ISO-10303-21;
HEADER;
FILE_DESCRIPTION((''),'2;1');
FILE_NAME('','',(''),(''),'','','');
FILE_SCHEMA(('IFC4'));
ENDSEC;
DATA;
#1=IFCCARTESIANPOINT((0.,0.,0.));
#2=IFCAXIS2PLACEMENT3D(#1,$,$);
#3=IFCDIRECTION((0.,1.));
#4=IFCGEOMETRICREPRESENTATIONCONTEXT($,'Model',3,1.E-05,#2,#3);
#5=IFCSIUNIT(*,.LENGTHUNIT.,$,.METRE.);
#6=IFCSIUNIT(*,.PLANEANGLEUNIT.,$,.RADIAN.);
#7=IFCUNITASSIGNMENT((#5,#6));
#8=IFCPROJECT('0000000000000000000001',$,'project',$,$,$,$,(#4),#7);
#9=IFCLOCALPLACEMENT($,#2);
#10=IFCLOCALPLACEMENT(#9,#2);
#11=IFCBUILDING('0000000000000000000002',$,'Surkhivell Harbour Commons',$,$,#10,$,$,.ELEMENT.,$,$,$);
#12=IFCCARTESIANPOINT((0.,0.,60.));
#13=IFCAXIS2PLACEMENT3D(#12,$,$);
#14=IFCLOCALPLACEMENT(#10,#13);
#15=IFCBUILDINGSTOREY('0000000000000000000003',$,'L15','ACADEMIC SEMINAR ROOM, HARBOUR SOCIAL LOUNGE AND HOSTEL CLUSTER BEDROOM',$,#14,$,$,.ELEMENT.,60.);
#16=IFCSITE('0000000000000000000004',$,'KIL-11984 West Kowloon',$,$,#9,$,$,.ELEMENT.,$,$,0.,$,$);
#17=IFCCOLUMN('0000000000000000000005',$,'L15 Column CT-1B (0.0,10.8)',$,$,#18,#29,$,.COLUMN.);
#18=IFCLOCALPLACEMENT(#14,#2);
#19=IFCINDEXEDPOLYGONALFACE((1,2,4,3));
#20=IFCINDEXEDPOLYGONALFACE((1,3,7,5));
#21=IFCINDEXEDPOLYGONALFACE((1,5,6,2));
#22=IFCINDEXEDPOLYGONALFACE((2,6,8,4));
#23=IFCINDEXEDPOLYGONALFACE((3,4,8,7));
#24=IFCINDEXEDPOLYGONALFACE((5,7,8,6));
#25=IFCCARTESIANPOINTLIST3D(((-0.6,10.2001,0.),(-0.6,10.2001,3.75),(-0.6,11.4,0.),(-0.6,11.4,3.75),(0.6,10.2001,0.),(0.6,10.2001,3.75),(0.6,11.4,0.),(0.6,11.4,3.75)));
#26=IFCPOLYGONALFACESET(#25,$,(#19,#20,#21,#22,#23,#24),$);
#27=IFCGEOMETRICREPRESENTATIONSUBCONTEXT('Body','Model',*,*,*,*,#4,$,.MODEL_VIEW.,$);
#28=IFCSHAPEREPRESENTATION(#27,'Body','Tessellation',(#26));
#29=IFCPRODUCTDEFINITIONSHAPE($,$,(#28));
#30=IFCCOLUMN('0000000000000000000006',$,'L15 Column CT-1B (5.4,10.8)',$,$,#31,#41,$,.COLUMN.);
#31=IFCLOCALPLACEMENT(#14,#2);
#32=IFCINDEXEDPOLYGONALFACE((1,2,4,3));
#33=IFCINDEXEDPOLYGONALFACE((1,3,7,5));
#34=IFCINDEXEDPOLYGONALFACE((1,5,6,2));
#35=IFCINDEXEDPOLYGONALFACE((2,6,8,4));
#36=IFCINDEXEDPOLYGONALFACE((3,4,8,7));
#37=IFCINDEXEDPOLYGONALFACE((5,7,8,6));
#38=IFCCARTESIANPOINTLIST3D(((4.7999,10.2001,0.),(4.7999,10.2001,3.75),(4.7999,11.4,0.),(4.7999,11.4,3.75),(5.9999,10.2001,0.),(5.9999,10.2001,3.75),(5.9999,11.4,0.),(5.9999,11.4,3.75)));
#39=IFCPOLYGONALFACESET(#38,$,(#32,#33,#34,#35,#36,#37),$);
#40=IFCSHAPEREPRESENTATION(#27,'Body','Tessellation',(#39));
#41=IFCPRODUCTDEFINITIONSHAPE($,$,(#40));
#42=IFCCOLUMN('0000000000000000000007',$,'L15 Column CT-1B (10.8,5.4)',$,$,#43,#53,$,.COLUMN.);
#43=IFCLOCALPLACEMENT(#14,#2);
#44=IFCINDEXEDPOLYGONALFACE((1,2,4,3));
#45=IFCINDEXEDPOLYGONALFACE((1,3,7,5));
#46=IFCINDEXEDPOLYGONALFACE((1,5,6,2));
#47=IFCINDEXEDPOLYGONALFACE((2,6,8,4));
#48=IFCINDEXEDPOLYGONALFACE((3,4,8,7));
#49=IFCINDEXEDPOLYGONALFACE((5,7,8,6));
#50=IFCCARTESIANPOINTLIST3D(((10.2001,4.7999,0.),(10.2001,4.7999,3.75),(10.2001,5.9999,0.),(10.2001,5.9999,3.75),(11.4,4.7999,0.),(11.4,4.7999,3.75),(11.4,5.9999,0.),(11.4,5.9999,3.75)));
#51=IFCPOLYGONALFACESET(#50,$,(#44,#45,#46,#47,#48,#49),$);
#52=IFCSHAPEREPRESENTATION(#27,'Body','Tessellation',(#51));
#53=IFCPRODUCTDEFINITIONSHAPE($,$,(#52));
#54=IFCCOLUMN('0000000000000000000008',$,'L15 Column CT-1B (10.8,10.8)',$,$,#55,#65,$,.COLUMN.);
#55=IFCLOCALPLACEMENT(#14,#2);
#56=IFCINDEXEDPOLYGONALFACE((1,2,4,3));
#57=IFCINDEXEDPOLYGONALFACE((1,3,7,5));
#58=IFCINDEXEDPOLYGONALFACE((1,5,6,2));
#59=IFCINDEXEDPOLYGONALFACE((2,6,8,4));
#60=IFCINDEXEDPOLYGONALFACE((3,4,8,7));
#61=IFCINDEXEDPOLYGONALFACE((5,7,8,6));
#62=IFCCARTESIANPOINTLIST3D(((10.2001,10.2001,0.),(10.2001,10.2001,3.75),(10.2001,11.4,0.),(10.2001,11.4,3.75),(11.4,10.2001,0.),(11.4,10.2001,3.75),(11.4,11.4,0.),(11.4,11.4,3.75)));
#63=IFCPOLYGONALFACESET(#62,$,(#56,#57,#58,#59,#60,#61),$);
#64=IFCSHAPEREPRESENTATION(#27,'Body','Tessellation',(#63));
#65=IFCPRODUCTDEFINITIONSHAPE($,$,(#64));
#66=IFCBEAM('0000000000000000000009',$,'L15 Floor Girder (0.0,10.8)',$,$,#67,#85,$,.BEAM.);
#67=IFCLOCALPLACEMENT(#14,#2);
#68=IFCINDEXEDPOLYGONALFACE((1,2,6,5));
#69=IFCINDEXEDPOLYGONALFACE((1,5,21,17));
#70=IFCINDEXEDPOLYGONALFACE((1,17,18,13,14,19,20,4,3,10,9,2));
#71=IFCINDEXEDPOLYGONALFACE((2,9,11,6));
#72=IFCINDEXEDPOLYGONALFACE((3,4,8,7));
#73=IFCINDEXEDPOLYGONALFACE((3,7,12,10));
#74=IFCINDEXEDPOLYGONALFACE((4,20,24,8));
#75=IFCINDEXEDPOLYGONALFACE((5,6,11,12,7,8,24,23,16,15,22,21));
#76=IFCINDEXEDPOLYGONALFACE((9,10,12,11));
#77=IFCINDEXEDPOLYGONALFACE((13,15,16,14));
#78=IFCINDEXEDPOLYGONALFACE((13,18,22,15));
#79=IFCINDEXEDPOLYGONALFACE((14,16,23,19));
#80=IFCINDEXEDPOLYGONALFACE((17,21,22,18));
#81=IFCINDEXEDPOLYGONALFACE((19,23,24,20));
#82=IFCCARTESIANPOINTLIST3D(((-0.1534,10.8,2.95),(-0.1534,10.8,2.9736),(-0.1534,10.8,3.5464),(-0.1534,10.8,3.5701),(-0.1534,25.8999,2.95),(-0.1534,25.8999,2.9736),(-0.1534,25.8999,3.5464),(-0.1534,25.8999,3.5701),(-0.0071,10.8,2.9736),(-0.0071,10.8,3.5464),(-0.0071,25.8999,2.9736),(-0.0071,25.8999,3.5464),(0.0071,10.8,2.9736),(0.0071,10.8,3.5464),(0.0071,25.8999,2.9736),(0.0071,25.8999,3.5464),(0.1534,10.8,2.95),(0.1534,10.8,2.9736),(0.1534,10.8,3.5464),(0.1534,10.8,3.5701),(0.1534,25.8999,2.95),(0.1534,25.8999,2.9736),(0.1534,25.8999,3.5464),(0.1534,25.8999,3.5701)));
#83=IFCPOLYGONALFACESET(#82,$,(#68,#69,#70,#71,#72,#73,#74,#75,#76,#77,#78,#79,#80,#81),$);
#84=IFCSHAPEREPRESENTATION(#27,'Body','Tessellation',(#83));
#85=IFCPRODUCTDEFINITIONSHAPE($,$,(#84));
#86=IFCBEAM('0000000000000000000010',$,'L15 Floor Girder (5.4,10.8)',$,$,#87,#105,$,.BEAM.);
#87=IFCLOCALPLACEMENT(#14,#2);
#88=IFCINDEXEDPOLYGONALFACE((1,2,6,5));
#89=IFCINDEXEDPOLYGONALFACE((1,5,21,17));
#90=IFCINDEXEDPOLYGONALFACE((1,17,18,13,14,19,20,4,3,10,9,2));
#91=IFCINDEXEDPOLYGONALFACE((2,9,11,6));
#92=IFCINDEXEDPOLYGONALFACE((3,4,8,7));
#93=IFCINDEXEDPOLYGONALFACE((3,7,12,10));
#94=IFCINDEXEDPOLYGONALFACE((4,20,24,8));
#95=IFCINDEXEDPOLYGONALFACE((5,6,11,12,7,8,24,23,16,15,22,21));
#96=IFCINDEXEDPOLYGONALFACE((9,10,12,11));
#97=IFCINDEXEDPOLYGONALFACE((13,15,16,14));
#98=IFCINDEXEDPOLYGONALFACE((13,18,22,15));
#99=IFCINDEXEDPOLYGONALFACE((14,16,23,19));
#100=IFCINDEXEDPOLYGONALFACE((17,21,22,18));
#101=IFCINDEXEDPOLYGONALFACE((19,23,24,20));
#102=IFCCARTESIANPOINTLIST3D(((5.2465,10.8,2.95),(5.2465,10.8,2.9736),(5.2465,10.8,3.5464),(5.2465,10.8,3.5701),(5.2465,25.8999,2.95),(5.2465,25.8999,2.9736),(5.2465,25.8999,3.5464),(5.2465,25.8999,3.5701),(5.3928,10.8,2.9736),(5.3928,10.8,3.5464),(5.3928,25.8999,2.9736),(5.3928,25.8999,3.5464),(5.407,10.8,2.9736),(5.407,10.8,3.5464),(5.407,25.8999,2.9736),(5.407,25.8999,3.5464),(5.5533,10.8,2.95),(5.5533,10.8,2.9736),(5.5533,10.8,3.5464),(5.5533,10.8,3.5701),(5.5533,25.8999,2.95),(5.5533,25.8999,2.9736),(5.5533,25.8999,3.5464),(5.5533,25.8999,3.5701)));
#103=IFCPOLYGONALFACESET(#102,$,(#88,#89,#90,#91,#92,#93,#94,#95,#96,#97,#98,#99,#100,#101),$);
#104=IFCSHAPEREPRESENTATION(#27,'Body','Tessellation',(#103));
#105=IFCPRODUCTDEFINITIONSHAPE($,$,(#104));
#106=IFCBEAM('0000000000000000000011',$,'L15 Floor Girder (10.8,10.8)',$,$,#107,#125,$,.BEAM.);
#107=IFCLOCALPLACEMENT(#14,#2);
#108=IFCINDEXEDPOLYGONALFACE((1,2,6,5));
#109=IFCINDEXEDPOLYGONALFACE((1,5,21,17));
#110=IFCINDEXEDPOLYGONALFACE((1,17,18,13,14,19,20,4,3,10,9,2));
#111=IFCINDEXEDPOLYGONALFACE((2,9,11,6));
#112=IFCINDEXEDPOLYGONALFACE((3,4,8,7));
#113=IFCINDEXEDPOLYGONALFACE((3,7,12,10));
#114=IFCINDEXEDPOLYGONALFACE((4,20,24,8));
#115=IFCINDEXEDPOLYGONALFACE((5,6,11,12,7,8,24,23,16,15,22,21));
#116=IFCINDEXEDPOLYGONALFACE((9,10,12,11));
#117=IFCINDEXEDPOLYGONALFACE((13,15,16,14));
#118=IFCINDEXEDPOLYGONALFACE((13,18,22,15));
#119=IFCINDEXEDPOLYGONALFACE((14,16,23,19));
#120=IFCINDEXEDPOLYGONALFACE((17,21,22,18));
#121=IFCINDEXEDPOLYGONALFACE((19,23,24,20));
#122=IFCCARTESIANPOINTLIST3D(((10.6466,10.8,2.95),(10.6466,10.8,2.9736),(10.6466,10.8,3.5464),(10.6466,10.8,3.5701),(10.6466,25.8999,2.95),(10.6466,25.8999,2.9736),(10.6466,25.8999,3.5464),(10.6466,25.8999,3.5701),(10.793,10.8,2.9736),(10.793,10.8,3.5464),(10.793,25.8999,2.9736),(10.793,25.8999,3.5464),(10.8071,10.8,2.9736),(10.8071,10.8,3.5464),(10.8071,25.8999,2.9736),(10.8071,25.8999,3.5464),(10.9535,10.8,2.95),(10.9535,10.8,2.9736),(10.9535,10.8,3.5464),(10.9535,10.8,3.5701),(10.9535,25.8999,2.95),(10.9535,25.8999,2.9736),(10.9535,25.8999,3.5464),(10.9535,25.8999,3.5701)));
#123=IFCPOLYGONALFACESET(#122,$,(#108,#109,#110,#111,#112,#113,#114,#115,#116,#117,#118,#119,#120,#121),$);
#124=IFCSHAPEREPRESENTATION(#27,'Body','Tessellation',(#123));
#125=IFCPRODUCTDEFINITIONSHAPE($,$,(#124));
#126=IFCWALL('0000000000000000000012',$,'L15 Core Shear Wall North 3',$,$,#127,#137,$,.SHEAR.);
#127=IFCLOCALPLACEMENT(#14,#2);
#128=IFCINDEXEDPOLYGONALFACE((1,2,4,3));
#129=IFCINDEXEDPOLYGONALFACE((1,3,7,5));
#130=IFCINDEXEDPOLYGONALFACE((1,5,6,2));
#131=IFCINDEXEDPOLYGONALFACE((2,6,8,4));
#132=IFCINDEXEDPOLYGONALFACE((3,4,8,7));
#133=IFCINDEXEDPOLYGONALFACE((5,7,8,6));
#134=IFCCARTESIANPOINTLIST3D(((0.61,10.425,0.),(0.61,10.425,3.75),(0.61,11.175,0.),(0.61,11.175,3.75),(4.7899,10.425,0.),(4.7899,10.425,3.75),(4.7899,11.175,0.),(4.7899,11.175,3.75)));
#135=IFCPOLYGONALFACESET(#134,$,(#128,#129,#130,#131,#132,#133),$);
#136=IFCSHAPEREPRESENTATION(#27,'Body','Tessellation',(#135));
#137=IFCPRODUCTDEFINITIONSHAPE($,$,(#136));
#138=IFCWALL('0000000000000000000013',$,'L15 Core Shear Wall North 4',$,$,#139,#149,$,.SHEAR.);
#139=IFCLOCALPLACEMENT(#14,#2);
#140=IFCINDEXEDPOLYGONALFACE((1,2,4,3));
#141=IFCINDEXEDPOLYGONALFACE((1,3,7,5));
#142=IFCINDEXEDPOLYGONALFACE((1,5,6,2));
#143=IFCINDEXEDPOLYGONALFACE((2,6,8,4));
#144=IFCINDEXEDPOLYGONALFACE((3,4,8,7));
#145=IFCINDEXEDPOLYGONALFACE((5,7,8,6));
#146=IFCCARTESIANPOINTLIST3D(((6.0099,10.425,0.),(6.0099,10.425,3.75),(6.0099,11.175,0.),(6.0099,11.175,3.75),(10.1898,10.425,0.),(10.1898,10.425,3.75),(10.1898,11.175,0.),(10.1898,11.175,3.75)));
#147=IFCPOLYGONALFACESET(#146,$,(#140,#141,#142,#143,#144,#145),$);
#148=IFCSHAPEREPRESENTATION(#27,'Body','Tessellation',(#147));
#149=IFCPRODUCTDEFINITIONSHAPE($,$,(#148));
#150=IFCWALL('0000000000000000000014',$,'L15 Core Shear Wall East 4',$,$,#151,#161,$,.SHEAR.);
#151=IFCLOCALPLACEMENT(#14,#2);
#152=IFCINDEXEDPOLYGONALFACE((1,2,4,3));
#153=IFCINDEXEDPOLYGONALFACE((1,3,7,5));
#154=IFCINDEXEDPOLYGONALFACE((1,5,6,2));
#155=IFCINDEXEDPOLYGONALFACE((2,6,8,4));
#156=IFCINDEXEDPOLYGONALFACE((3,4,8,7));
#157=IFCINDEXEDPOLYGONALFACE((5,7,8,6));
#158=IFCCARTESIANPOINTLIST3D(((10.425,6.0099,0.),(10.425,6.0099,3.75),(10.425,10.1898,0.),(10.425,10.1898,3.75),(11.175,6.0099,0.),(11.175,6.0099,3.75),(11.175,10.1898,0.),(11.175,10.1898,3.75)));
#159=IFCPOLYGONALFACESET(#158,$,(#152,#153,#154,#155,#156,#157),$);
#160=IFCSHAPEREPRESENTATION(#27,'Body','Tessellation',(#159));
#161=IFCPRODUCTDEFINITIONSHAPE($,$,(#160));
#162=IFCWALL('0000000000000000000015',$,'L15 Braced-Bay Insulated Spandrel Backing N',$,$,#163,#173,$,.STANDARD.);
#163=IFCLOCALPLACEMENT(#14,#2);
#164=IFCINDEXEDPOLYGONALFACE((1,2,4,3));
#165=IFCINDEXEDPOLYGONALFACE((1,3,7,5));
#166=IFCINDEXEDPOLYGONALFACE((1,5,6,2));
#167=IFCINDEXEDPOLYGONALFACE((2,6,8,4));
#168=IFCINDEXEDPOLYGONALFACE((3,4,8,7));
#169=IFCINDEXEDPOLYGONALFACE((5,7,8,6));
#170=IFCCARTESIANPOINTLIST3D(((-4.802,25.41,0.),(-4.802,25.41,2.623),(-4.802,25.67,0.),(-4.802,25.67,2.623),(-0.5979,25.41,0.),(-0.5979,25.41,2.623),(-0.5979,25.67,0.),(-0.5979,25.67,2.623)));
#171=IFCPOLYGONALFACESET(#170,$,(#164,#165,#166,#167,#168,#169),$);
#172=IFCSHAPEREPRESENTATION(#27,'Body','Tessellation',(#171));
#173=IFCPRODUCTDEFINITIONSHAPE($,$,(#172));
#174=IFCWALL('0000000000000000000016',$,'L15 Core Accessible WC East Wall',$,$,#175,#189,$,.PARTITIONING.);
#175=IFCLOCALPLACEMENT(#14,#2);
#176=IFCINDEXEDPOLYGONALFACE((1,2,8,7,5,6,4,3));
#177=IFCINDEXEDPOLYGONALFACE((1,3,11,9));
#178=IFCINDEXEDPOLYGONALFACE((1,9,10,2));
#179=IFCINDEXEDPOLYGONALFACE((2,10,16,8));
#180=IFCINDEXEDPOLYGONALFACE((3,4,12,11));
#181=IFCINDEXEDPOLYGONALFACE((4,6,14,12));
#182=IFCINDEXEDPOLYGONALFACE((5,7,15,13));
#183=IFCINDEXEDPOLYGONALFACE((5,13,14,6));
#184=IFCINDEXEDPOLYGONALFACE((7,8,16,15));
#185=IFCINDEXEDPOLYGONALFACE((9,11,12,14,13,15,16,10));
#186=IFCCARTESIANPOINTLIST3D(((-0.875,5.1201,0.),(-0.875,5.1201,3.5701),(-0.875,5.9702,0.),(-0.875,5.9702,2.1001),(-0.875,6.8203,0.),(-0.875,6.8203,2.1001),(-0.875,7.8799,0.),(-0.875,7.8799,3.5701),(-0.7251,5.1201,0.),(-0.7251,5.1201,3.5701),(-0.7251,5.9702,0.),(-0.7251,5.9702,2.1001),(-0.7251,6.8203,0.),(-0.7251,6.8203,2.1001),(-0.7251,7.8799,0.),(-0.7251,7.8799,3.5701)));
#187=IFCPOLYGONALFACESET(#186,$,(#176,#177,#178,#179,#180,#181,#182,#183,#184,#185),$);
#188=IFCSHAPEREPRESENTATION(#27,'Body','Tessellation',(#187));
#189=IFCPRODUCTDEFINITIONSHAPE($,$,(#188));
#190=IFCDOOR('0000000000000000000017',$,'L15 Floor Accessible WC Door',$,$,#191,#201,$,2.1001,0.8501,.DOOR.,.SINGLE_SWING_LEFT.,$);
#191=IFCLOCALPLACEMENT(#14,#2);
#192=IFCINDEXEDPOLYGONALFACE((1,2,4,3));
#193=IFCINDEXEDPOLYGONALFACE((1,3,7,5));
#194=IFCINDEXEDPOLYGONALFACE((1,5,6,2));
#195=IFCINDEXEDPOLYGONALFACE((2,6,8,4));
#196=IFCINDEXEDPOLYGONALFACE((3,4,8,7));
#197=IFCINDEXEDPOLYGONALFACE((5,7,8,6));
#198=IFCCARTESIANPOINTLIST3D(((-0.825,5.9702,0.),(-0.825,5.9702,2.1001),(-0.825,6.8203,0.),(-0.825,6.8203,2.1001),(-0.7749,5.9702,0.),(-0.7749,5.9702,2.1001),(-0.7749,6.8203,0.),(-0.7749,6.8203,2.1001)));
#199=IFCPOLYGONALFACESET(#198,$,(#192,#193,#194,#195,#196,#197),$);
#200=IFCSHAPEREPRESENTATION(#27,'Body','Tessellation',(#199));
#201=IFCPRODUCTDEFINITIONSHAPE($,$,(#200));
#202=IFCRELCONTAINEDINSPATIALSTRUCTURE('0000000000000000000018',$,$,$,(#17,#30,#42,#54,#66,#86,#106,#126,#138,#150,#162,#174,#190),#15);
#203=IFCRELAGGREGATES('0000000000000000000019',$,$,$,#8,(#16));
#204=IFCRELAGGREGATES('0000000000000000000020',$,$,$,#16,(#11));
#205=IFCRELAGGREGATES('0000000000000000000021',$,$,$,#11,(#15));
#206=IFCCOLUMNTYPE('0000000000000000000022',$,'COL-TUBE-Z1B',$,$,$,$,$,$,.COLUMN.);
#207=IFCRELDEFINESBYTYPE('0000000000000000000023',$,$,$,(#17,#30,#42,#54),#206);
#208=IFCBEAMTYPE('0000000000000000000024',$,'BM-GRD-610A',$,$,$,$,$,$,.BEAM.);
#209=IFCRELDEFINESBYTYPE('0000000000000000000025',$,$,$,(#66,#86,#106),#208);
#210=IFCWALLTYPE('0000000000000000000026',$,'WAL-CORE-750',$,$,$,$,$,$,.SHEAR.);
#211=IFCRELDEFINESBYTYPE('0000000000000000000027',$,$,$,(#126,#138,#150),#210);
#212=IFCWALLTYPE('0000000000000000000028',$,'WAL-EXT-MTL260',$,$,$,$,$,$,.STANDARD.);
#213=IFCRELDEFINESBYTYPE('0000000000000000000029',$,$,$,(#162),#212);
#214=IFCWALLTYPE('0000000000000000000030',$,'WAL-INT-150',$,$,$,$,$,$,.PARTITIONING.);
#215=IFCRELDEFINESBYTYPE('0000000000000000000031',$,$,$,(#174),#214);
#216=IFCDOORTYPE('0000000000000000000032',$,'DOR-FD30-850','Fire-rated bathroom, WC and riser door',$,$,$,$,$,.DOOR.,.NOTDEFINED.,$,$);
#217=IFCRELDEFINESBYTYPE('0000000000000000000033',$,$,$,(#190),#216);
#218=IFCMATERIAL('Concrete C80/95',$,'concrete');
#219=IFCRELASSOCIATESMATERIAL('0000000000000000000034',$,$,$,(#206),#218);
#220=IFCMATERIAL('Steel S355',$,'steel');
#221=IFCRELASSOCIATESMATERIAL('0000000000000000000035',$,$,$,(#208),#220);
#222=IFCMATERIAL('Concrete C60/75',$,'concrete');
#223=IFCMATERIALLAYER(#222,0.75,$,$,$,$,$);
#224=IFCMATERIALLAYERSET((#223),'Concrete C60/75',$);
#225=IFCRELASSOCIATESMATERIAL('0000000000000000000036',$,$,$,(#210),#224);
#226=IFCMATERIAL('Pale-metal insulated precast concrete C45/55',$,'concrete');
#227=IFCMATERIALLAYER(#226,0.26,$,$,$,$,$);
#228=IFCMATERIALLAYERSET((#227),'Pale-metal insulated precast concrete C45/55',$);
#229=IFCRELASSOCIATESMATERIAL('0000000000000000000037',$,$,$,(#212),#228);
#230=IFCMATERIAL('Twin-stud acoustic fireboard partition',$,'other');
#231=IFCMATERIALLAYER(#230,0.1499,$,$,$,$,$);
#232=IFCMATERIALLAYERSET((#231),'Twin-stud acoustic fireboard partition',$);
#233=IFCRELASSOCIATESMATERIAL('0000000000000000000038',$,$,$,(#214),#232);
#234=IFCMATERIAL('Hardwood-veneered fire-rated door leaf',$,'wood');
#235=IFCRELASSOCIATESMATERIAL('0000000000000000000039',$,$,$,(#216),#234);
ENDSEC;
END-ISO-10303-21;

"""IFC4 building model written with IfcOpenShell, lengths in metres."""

from ifc_helpers import new_model, si_unit, direction, frame, frame_2d, origin, origin_2d, place, context, subcontext, project, spatial, rectangle, i_section, extrude, material, layer, layer_set, material_profile, profile_set, type_object, element, fill, save


model = new_model("IFC4")

# Units and contexts
model_context = context("Model", 3, precision=1e-05, world=origin(), true_north=direction((0.0, 1.0)))
body_context = subcontext(model_context, "Body", "Model", "MODEL_VIEW")
ifc_project = project(units=[si_unit("LENGTHUNIT", "METRE"), si_unit("PLANEANGLEUNIT", "RADIAN")], contexts=[model_context])

# Site, building, storey
site_placement = place(None, origin())
site = spatial("IfcSite", under=ifc_project, at=site_placement, Name="KIL-11984 West Kowloon", CompositionType="ELEMENT", RefElevation=0.0)
building_placement = place(site_placement, origin())
building = spatial("IfcBuilding", under=site, at=building_placement, Name="Surkhivell Harbour Commons", CompositionType="ELEMENT")
storey_placement = place(building_placement, frame((0.0, 0.0, 60.0)))
storey = spatial("IfcBuildingStorey", under=building, at=storey_placement, Name="L15", Description="ACADEMIC SEMINAR ROOM, HARBOUR SOCIAL LOUNGE AND HOSTEL CLUSTER BEDROOM", CompositionType="ELEMENT", Elevation=60.0)

# Columns
ifc_material_1 = material(Name="Concrete C80/95", Category="concrete")
ifc_material_profile_1 = material_profile(ifc_material_1, rectangle(XDim=1.2, YDim=1.2, at=origin_2d()), Name="RC-COL-1200x1200")
ifc_profile_set_1 = profile_set([ifc_material_profile_1], Name="Concrete C80/95")
column_type = type_object("IfcColumnType", Name="COL-TUBE-Z1B", PredefinedType="COLUMN", material=ifc_profile_set_1)
for number, where, z_axis, x_axis, name in (
    (1, (0.0, 10.8, 0.0), (0.0, 0.0, 1.0), (1.0, 0.0, 0.0), "L15 Column CT-1B (0.0,10.8)"),
    (2, (5.3999, 10.8, 0.0), (0.0, 0.0, 1.0), (1.0, 0.0, 0.0), "L15 Column CT-1B (5.4,10.8)"),
    (3, (10.8, 5.3999, 0.0), (0.0, 0.0, 1.0), (1.0, 0.0, 0.0), "L15 Column CT-1B (10.8,5.4)"),
    (4, (10.8, 10.8, 0.0), (0.0, 0.0, 1.0), (1.0, 0.0, 0.0), "L15 Column CT-1B (10.8,10.8)"),
):
    element("IfcColumn", number, at=place(storey_placement, frame(where, z_axis=z_axis, x_axis=x_axis)), inside=storey, type_object=column_type, Name=name, PredefinedType="COLUMN", context=body_context, shape_type="SweptSolid", body=[
        extrude(rectangle(XDim=1.2, YDim=1.2, at=origin_2d()), origin(), (0.0, 0.0, 1.0), 3.75),
    ])

# Beams
ifc_material_2 = material(Name="Steel S355", Category="steel")
ifc_material_profile_2 = material_profile(ifc_material_2, i_section(OverallWidth=0.3069, OverallDepth=0.6201, WebThickness=0.0142, FlangeThickness=0.0237, at=origin_2d()), Name="UB610x305x179")
ifc_profile_set_2 = profile_set([ifc_material_profile_2], Name="Steel S355")
beam_type = type_object("IfcBeamType", Name="BM-GRD-610A", PredefinedType="BEAM", material=ifc_profile_set_2)
for number, where, z_axis, x_axis, name in (
    (5, (0.0, 10.8, 3.26), (0.0, 1.0, 0.0), (-1.0, 0.0, 0.0), "L15 Floor Girder (0.0,10.8)"),
    (6, (5.3999, 10.8, 3.26), (0.0, 1.0, 0.0), (-1.0, 0.0, 0.0), "L15 Floor Girder (5.4,10.8)"),
    (7, (10.8, 10.8, 3.26), (0.0, 1.0, 0.0), (-1.0, 0.0, 0.0), "L15 Floor Girder (10.8,10.8)"),
):
    element("IfcBeam", number, at=place(storey_placement, frame(where, z_axis=z_axis, x_axis=x_axis)), inside=storey, type_object=beam_type, Name=name, PredefinedType="BEAM", context=body_context, shape_type="SweptSolid", body=[
        extrude(i_section(OverallWidth=0.3069, OverallDepth=0.6201, WebThickness=0.0142, FlangeThickness=0.0237, at=origin_2d()), origin(), (0.0, 0.0, 1.0), 15.0999),
    ])

# Walls
ifc_material_3 = material(Name="Concrete C60/75", Category="concrete")
ifc_layer_1 = layer(ifc_material_3, 0.75)
ifc_layer_set_1 = layer_set([ifc_layer_1], Name="Concrete C60/75")
wall_type_1 = type_object("IfcWallType", Name="WAL-CORE-750", PredefinedType="SHEAR", material=ifc_layer_set_1)
for number, where, z_axis, x_axis, name in (
    (8, (0.6101, 10.8, 0.0), (0.0, 0.0, 1.0), (1.0, 0.0, 0.0), "L15 Core Shear Wall North 3"),
    (9, (6.01, 10.8, 0.0), (0.0, 0.0, 1.0), (1.0, 0.0, 0.0), "L15 Core Shear Wall North 4"),
    (10, (10.8, 6.01, 0.0), (0.0, 0.0, 1.0), (0.0, 1.0, 0.0), "L15 Core Shear Wall East 4"),
):
    element("IfcWall", number, at=place(storey_placement, frame(where, z_axis=z_axis, x_axis=x_axis)), inside=storey, type_object=wall_type_1, Name=name, PredefinedType="SHEAR", context=body_context, shape_type="SweptSolid", body=[
        extrude(rectangle(XDim=4.1799, YDim=0.75, at=frame_2d((2.0898, 0.0))), origin(), (0.0, 0.0, 1.0), 3.75),
    ])
ifc_material_4 = material(Name="Pale-metal insulated precast concrete C45/55", Category="concrete")
ifc_layer_2 = layer(ifc_material_4, 0.26)
ifc_layer_set_2 = layer_set([ifc_layer_2], Name="Pale-metal insulated precast concrete C45/55")
wall_type_2 = type_object("IfcWallType", Name="WAL-EXT-MTL260", PredefinedType="STANDARD", material=ifc_layer_set_2)
wall_1_placement = place(storey_placement, frame((-0.5979, 25.54, 0.0), z_axis=(0.0, 0.0, 1.0), x_axis=(-1.0, 0.0, 0.0)))
element("IfcWall", 11, at=wall_1_placement, inside=storey, type_object=wall_type_2, Name="L15 Braced-Bay Insulated Spandrel Backing N", PredefinedType="STANDARD", context=body_context, shape_type="SweptSolid", body=[
    extrude(rectangle(XDim=4.2041, YDim=0.26, at=frame_2d((2.1021, 0.0))), origin(), (0.0, 0.0, 1.0), 2.623),
])

# Wall, opening, door
ifc_material_5 = material(Name="Twin-stud acoustic fireboard partition", Category="other")
ifc_layer_3 = layer(ifc_material_5, 0.1499)
ifc_layer_set_3 = layer_set([ifc_layer_3], Name="Twin-stud acoustic fireboard partition")
wall_type_3 = type_object("IfcWallType", Name="WAL-INT-150", PredefinedType="PARTITIONING", material=ifc_layer_set_3)
wall_2_placement = place(storey_placement, frame((-0.8, 5.1201, 0.0), z_axis=(0.0, 0.0, 1.0), x_axis=(0.0, 1.0, 0.0)))
wall_2 = element("IfcWall", 12, at=wall_2_placement, inside=storey, type_object=wall_type_3, Name="L15 Core Accessible WC East Wall", PredefinedType="PARTITIONING", context=body_context, shape_type="SweptSolid", body=[
    extrude(rectangle(XDim=2.7598, YDim=0.1499, at=frame_2d((1.3799, 0.0))), origin(), (0.0, 0.0, 1.0), 3.5701),
])
opening_1_placement = place(wall_2_placement, frame((0.8501, 0.0, 0.0)))
opening_1 = element("IfcOpeningElement", 13, at=opening_1_placement, cuts=wall_2, PredefinedType="OPENING", context=body_context, shape_type="SweptSolid", body=[
    extrude(rectangle(XDim=0.8501, YDim=2.1001, at=frame_2d((0.425, 1.05))), frame((0.0, 0.085, 0.0), z_axis=(0.0, -1.0, 0.0), x_axis=(1.0, 0.0, 0.0)), (0.0, 0.0, 1.0), 0.1699),
])
ifc_material_6 = material(Name="Hardwood-veneered fire-rated door leaf", Category="wood")
door_type_1 = type_object("IfcDoorType", Name="DOR-FD30-850", Description="Fire-rated bathroom, WC and riser door", OperationType="NOTDEFINED", PredefinedType="DOOR", material=ifc_material_6)
door_1_placement = place(opening_1_placement, origin())
door_1 = element("IfcDoor", 14, at=door_1_placement, inside=storey, type_object=door_type_1, Name="L15 Floor Accessible WC Door", OperationType="SINGLE_SWING_LEFT", OverallHeight=2.1001, OverallWidth=0.8501, PredefinedType="DOOR", context=body_context, shape_type="SweptSolid", body=[
    extrude(rectangle(XDim=0.8501, YDim=2.1001, at=frame_2d((0.425, 1.05))), frame((0.0, 0.0249, 0.0), z_axis=(0.0, -1.0, 0.0), x_axis=(1.0, 0.0, 0.0)), (0.0, 0.0, 1.0), 0.05),
])
fill(opening_1, door_1)

save(model, "model.ifc")
